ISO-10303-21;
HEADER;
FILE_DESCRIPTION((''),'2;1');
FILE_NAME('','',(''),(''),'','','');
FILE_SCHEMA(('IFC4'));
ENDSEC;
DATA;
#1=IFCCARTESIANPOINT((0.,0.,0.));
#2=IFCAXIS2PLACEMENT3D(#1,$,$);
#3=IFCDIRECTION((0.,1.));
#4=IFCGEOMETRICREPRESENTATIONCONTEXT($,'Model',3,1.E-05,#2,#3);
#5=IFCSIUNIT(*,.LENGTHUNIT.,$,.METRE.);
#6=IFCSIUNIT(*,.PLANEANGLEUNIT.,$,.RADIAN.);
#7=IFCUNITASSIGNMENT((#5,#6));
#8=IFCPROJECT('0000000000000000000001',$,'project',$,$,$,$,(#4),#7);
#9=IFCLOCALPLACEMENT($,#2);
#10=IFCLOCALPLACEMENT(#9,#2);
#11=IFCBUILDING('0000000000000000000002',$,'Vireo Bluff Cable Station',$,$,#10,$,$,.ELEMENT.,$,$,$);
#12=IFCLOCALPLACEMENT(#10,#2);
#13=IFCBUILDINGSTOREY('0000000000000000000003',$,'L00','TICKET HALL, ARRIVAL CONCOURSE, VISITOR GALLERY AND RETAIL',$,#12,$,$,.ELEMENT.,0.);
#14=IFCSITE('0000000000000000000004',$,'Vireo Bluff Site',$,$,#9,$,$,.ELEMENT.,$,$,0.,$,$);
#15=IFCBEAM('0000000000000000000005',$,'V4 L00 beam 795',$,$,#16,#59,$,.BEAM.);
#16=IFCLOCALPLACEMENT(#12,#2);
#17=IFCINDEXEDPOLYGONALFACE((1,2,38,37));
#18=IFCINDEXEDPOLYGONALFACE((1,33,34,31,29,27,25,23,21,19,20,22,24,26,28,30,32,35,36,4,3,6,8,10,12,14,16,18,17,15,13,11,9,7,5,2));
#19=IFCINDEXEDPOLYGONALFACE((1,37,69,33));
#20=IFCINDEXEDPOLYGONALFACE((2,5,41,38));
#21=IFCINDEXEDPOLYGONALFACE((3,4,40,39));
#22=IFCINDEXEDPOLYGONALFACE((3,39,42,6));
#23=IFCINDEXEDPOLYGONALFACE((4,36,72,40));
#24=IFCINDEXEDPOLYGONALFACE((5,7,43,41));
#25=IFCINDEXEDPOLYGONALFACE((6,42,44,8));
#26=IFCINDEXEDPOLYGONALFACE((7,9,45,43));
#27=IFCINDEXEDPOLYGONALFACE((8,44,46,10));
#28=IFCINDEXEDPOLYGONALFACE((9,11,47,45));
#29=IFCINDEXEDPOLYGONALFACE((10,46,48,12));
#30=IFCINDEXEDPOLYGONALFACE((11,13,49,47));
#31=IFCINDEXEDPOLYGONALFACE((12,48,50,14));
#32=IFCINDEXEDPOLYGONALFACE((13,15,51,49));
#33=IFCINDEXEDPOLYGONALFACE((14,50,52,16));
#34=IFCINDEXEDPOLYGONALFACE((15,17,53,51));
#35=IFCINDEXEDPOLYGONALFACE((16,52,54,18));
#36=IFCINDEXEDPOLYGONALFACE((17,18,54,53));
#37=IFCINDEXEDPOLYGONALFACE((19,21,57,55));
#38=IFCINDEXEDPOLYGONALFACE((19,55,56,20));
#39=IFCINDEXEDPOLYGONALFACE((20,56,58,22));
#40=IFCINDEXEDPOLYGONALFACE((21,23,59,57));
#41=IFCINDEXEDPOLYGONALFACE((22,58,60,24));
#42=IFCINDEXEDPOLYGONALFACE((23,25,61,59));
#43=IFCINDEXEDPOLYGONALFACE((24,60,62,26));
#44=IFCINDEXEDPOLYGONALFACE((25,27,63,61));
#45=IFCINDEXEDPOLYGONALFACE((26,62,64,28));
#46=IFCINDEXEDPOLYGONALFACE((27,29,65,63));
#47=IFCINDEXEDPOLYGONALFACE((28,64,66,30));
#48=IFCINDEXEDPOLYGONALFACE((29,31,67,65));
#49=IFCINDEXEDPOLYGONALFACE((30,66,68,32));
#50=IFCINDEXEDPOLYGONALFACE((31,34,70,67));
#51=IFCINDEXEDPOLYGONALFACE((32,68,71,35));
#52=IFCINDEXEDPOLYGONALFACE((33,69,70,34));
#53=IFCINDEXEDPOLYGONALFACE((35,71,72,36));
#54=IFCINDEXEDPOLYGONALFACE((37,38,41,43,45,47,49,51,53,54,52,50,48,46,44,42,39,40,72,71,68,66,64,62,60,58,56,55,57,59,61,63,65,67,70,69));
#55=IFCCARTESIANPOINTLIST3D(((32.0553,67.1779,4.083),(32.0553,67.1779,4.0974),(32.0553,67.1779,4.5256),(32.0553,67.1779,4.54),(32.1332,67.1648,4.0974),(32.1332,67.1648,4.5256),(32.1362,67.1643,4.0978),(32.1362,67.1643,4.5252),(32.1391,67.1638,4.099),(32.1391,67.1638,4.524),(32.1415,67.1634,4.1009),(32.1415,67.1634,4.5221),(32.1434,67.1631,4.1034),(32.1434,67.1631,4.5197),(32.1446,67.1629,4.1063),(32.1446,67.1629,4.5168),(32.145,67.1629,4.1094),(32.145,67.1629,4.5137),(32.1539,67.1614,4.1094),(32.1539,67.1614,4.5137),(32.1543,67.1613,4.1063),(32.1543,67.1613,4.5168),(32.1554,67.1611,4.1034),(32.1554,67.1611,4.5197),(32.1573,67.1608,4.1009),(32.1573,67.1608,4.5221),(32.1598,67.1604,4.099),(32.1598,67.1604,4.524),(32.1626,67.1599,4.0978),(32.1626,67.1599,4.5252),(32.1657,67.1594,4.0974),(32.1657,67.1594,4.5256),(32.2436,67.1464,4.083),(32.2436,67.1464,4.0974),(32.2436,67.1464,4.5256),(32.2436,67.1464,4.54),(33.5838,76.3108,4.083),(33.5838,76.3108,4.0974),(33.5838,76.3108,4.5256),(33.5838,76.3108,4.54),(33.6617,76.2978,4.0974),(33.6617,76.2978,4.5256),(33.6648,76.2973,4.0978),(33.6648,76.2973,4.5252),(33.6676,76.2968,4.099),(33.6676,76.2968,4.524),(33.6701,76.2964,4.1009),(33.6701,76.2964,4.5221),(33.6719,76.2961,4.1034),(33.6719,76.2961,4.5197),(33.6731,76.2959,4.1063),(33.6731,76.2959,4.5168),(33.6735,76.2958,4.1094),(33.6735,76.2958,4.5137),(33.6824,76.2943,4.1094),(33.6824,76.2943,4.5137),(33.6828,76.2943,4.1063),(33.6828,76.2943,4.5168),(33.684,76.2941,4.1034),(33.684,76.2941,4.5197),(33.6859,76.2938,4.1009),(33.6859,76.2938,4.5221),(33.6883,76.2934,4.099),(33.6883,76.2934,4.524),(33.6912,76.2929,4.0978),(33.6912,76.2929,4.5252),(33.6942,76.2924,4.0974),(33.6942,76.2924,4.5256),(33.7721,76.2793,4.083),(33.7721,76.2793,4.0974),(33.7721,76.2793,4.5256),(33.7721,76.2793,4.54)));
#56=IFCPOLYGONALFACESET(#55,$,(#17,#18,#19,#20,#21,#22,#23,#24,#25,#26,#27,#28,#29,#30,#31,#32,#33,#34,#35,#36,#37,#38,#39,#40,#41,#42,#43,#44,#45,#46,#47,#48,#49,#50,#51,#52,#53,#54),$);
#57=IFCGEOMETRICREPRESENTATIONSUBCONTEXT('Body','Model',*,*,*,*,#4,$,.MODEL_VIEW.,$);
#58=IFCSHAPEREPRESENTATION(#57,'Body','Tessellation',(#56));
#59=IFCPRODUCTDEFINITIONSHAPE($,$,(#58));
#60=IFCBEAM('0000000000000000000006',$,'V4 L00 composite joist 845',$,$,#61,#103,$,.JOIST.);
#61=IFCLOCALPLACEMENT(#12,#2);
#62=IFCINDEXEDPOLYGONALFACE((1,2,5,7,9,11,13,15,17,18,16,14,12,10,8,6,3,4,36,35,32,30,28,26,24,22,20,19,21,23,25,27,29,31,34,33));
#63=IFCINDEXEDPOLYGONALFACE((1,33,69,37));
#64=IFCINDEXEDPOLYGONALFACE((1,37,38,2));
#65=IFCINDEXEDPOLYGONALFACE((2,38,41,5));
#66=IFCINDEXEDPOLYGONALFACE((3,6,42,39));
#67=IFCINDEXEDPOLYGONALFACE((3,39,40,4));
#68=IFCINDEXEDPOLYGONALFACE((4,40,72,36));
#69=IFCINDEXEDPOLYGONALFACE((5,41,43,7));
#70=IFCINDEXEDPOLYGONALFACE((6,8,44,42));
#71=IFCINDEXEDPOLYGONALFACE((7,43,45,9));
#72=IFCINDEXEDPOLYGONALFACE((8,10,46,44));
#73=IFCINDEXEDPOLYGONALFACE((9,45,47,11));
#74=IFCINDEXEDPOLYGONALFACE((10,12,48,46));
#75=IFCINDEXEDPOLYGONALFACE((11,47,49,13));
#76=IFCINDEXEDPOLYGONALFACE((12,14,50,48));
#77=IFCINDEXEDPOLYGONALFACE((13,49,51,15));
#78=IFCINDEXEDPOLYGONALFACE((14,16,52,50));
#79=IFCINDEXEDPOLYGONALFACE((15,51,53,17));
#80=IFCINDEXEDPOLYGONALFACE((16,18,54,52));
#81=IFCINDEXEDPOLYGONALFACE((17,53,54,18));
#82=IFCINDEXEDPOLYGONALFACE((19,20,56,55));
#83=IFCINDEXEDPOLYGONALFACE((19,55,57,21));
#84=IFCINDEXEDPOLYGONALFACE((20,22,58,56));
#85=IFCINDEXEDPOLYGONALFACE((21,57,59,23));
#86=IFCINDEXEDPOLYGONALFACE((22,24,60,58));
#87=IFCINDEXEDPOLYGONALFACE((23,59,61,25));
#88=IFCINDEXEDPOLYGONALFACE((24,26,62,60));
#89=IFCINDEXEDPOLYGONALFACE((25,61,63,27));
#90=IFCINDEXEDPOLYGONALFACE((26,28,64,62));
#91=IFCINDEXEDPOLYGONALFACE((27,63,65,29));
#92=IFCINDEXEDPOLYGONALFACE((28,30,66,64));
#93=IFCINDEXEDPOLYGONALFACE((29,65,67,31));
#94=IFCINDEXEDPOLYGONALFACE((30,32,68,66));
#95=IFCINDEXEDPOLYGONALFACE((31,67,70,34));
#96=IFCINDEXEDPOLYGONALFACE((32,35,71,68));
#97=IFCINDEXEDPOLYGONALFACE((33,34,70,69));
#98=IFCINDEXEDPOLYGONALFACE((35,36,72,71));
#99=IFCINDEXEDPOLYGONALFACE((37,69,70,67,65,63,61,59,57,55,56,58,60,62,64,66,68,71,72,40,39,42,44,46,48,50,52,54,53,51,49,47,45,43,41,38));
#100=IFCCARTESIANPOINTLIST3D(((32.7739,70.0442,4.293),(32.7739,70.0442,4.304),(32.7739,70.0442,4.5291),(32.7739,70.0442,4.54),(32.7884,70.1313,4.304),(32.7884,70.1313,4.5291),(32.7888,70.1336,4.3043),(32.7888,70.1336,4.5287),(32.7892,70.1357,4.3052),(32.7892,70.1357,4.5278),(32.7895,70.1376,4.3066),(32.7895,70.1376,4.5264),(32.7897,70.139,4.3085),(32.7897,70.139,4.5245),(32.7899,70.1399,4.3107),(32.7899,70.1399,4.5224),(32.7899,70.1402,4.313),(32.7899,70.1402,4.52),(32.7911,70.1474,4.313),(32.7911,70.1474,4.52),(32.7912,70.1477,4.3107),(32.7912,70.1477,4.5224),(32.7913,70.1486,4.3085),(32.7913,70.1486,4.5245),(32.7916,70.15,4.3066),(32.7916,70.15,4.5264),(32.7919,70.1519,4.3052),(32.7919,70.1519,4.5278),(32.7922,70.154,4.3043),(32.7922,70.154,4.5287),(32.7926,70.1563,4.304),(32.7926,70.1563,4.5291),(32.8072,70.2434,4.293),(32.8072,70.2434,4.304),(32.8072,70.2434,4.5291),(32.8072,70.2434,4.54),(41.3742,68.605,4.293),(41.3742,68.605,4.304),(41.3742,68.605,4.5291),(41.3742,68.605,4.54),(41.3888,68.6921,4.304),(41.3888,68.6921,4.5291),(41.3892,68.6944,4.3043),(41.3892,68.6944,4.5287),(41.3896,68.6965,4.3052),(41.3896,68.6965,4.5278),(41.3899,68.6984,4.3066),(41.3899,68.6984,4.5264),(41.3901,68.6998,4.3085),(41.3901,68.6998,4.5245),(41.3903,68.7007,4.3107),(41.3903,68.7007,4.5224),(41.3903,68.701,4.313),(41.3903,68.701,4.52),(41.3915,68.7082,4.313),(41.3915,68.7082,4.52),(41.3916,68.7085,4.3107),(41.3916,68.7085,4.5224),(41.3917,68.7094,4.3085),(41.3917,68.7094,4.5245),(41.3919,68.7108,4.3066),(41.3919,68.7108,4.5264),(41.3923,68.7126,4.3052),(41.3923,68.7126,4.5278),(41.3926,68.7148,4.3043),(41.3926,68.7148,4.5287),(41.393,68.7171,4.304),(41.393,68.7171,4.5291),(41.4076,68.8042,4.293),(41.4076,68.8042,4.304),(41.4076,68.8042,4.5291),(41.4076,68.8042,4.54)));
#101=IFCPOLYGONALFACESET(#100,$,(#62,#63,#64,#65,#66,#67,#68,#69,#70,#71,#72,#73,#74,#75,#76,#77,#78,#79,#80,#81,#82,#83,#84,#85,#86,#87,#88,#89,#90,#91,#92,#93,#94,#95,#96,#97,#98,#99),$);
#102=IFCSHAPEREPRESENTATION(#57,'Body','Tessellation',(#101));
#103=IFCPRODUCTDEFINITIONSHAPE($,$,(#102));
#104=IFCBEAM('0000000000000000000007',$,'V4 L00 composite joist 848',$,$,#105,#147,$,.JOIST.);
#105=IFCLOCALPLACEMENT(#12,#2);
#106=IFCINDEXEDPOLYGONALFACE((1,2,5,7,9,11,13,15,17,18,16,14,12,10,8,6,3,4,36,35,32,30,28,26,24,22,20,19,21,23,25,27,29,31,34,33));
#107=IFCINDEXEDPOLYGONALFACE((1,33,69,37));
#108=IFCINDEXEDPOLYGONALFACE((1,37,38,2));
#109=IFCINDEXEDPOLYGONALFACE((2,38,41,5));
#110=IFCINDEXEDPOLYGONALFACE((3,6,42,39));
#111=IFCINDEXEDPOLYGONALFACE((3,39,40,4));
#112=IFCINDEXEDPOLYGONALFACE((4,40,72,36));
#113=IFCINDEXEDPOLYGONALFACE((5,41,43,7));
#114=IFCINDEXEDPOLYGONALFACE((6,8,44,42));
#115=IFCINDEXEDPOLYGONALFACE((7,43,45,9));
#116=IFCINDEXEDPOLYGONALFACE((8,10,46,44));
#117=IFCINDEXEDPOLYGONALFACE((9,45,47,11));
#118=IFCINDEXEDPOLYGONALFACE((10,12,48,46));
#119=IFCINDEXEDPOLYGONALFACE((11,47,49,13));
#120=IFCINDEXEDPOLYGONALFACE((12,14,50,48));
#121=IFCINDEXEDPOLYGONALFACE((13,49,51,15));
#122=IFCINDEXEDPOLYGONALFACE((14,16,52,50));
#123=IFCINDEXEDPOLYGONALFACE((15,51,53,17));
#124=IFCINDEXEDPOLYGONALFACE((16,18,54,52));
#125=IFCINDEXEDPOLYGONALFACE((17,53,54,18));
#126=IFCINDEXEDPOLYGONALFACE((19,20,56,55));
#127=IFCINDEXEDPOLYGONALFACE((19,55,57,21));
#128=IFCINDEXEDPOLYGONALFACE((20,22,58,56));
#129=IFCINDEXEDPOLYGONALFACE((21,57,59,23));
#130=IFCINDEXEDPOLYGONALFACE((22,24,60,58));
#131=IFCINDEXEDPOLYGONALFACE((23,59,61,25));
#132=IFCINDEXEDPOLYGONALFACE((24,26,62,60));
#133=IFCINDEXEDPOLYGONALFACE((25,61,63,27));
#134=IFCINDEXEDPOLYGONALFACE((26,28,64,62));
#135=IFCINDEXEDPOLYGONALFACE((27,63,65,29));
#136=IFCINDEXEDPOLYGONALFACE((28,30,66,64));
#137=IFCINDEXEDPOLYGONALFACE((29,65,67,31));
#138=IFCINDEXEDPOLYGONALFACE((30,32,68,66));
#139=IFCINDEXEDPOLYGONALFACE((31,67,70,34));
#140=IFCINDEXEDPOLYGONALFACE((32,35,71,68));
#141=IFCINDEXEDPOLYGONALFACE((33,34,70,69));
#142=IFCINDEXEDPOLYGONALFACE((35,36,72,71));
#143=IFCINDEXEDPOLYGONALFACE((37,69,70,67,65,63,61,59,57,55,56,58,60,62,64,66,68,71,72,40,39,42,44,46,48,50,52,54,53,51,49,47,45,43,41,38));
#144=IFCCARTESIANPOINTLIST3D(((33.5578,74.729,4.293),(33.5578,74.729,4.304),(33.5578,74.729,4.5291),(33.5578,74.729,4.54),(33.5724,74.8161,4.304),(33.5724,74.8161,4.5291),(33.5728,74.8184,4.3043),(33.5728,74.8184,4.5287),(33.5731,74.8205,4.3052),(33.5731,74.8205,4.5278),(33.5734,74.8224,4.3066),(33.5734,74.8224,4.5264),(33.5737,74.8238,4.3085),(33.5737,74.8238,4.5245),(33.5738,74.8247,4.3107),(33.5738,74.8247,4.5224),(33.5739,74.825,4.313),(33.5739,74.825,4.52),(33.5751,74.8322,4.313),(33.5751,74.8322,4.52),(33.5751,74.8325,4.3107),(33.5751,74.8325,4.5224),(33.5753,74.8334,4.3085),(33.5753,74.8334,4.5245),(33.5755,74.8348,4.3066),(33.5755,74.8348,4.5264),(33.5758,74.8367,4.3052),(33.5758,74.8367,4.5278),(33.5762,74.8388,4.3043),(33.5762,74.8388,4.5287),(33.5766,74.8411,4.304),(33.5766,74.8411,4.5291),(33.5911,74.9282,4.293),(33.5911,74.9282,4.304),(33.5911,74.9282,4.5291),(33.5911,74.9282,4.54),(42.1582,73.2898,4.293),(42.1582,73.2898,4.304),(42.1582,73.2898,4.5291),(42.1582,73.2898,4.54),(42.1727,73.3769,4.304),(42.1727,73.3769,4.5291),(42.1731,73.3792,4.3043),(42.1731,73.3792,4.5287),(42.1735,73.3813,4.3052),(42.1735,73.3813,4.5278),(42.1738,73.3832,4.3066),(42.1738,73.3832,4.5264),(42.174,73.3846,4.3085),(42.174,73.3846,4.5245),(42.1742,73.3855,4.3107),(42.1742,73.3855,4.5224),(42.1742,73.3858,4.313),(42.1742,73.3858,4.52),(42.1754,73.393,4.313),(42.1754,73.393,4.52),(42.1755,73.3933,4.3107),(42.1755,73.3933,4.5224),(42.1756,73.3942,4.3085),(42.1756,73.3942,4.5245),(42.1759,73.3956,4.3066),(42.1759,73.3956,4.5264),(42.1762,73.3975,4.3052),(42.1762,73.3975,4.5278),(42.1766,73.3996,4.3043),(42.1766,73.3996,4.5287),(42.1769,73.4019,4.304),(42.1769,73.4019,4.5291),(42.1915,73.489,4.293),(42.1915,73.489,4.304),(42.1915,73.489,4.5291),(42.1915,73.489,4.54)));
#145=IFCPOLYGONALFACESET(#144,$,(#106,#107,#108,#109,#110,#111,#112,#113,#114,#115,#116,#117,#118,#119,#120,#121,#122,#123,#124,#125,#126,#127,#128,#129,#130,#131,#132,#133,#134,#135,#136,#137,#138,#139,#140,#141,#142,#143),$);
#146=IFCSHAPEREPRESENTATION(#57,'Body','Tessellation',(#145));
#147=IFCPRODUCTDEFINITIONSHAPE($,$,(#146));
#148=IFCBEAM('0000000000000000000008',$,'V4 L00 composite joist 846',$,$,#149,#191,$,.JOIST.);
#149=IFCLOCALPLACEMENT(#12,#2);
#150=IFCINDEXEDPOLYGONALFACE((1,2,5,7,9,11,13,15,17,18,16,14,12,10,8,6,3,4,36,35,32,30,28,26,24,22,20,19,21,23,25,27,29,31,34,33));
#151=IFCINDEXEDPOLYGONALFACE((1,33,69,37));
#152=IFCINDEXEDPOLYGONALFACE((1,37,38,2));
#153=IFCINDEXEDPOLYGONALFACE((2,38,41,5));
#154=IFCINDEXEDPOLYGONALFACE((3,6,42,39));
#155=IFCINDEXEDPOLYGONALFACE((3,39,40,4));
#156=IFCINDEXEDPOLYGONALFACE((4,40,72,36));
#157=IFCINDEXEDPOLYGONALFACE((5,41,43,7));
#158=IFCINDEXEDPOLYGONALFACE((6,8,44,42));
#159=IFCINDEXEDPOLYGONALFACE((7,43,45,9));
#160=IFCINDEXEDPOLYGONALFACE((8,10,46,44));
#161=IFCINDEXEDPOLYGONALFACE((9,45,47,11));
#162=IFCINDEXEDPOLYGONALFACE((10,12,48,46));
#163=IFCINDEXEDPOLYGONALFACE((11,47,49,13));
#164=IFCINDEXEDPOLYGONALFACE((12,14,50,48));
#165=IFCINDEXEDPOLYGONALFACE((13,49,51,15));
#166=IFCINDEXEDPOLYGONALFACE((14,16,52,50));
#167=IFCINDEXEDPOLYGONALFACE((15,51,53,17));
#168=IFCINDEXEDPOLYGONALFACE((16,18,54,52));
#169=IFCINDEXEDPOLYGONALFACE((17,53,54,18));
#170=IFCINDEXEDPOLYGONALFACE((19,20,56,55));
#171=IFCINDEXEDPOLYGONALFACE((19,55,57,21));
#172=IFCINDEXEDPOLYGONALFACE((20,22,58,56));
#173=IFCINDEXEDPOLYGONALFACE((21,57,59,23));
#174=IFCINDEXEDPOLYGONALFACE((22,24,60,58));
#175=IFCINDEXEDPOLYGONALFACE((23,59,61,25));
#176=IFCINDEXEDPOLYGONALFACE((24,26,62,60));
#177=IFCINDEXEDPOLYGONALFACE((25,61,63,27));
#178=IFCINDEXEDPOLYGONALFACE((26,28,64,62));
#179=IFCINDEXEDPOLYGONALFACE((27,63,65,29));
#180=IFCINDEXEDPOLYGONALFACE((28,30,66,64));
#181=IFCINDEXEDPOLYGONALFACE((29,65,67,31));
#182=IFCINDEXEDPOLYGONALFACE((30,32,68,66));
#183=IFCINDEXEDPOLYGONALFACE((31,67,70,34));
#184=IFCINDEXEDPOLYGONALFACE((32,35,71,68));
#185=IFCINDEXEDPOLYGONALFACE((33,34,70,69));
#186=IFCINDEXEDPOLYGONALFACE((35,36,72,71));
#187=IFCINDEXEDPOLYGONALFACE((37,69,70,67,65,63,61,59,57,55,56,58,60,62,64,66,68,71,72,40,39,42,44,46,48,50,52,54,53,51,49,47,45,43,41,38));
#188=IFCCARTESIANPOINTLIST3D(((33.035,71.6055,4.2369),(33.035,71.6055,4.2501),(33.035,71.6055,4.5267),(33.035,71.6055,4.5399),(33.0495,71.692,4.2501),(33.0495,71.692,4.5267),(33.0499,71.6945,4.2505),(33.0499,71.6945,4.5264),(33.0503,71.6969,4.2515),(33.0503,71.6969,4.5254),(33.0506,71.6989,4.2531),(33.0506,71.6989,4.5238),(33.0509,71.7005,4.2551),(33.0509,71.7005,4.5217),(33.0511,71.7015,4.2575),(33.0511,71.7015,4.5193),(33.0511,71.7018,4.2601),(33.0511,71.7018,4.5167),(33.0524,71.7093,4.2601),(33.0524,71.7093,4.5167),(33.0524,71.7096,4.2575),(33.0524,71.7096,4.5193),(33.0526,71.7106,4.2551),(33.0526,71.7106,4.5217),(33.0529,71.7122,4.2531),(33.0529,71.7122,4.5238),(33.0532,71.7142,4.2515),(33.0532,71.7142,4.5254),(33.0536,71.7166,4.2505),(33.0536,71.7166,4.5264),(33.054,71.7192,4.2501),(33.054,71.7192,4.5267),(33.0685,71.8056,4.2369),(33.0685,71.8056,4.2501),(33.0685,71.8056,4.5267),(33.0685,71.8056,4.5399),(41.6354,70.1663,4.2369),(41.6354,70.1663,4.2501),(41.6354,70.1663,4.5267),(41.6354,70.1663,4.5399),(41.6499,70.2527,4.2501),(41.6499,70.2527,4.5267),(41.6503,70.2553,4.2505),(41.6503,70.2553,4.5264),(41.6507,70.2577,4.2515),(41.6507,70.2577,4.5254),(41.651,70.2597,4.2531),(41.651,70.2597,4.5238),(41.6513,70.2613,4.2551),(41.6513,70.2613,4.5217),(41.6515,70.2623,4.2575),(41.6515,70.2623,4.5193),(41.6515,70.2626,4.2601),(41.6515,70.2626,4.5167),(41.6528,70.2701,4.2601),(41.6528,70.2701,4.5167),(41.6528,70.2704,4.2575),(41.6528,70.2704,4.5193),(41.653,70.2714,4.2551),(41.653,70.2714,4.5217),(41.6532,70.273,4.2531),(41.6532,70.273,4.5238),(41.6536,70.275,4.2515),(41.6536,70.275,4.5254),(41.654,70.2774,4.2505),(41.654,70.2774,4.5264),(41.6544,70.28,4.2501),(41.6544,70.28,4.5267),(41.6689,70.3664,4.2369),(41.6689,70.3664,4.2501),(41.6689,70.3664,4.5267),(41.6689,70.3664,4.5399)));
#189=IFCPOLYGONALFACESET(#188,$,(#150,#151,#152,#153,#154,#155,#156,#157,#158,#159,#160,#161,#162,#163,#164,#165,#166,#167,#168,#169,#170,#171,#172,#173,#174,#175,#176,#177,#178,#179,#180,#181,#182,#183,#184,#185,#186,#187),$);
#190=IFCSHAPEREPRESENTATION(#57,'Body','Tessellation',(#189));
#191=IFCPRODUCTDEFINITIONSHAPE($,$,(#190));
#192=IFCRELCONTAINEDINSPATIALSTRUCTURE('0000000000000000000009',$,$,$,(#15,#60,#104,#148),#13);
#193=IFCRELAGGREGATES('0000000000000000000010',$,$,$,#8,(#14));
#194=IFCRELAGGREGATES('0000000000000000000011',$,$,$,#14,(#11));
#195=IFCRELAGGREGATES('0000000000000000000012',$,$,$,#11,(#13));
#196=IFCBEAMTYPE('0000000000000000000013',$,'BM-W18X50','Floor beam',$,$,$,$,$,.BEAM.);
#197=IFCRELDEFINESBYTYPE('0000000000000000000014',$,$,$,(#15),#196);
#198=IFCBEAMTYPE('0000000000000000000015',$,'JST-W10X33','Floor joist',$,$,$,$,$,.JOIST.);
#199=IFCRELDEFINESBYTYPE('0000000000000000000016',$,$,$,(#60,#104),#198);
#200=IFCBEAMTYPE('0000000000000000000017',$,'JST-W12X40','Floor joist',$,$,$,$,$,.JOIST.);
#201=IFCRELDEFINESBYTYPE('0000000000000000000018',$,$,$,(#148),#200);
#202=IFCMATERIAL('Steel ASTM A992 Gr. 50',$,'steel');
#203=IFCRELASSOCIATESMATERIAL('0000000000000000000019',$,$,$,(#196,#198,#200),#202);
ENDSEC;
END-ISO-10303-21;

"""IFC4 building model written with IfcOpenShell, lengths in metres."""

from ifc_helpers import new_model, si_unit, direction, frame, origin, origin_2d, place, context, subcontext, project, spatial, i_section, extrude, material, material_profile, profile_set, type_object, element, save


model = new_model("IFC4")

# Units and contexts
model_context = context("Model", 3, precision=1e-05, world=origin(), true_north=direction((0.0, 1.0)))
body_context = subcontext(model_context, "Body", "Model", "MODEL_VIEW")
ifc_project = project(units=[si_unit("LENGTHUNIT", "METRE"), si_unit("PLANEANGLEUNIT", "RADIAN")], contexts=[model_context])

# Site, building, storey
site_placement = place(None, origin())
site = spatial("IfcSite", under=ifc_project, at=site_placement, Name="Vireo Bluff Site", CompositionType="ELEMENT", RefElevation=0.0)
building_placement = place(site_placement, origin())
building = spatial("IfcBuilding", under=site, at=building_placement, Name="Vireo Bluff Cable Station", CompositionType="ELEMENT")
storey_placement = place(building_placement, origin())
storey = spatial("IfcBuildingStorey", under=building, at=storey_placement, Name="L00", Description="TICKET HALL, ARRIVAL CONCOURSE, VISITOR GALLERY AND RETAIL", CompositionType="ELEMENT", Elevation=0.0)

# Shared definitions
ifc_material_1 = material(Name="Steel ASTM A992 Gr. 50", Category="steel")

# Beams
ifc_material_profile_1 = material_profile(ifc_material_1, i_section(OverallWidth=0.1909, OverallDepth=0.457, WebThickness=0.009, FlangeThickness=0.0144, FilletRadius=0.012, at=origin_2d()), Name="W18X50")
ifc_profile_set_1 = profile_set([ifc_material_profile_1], Name="Steel ASTM A992 Gr. 50")
beam_type_1 = type_object("IfcBeamType", Name="BM-W18X50", Description="Floor beam", PredefinedType="BEAM", material=ifc_profile_set_1)
beam_1_placement = place(storey_placement, frame((32.1494, 67.1621, 4.3115), z_axis=(0.16507, 0.986282, 0.0), x_axis=(-0.986282, 0.16507, 0.0)))
element("IfcBeam", 1, at=beam_1_placement, inside=storey, type_object=beam_type_1, Name="V4 L00 beam 795", PredefinedType="BEAM", context=body_context, shape_type="SweptSolid", body=[
    extrude(i_section(OverallWidth=0.1909, OverallDepth=0.457, WebThickness=0.009, FlangeThickness=0.0144, FilletRadius=0.012, at=origin_2d()), origin(), (0.0, 0.0, 1.0), 9.26),
])
ifc_material_profile_2 = material_profile(ifc_material_1, i_section(OverallWidth=0.2019, OverallDepth=0.2471, WebThickness=0.0073, FlangeThickness=0.011, FilletRadius=0.009, at=origin_2d()), Name="W10X33")
ifc_profile_set_2 = profile_set([ifc_material_profile_2], Name="Steel ASTM A992 Gr. 50")
beam_type_2 = type_object("IfcBeamType", Name="JST-W10X33", Description="Floor joist", PredefinedType="JOIST", material=ifc_profile_set_2)
for number, where, z_axis, x_axis, name in (
    (2, (32.7905, 70.1438, 4.4165), (0.986286, -0.165048, 0.0), (0.165048, 0.986286, 0.0), "V4 L00 composite joist 845"),
    (3, (33.5745, 74.8286, 4.4165), (0.986286, -0.165048, 0.0), (0.165048, 0.986286, 0.0), "V4 L00 composite joist 848"),
):
    element("IfcBeam", number, at=place(storey_placement, frame(where, z_axis=z_axis, x_axis=x_axis)), inside=storey, type_object=beam_type_2, Name=name, PredefinedType="JOIST", context=body_context, shape_type="SweptSolid", body=[
        extrude(i_section(OverallWidth=0.2019, OverallDepth=0.2471, WebThickness=0.0073, FlangeThickness=0.011, FilletRadius=0.009, at=origin_2d()), origin(), (0.0, 0.0, 1.0), 8.72),
    ])
ifc_material_profile_3 = material_profile(ifc_material_1, i_section(OverallWidth=0.2029, OverallDepth=0.303, WebThickness=0.0076, FlangeThickness=0.0132, FilletRadius=0.01, at=origin_2d()), Name="W12X40")
ifc_profile_set_3 = profile_set([ifc_material_profile_3], Name="Steel ASTM A992 Gr. 50")
beam_type_3 = type_object("IfcBeamType", Name="JST-W12X40", Description="Floor joist", PredefinedType="JOIST", material=ifc_profile_set_3)
beam_2_placement = place(storey_placement, frame((33.0518, 71.7056, 4.3884), z_axis=(0.986286, -0.165048, 0.0), x_axis=(0.165048, 0.986286, 0.0)))
element("IfcBeam", 4, at=beam_2_placement, inside=storey, type_object=beam_type_3, Name="V4 L00 composite joist 846", PredefinedType="JOIST", context=body_context, shape_type="SweptSolid", body=[
    extrude(i_section(OverallWidth=0.2029, OverallDepth=0.303, WebThickness=0.0076, FlangeThickness=0.0132, FilletRadius=0.01, at=origin_2d()), origin(), (0.0, 0.0, 1.0), 8.72),
])

save(model, "model.ifc")
